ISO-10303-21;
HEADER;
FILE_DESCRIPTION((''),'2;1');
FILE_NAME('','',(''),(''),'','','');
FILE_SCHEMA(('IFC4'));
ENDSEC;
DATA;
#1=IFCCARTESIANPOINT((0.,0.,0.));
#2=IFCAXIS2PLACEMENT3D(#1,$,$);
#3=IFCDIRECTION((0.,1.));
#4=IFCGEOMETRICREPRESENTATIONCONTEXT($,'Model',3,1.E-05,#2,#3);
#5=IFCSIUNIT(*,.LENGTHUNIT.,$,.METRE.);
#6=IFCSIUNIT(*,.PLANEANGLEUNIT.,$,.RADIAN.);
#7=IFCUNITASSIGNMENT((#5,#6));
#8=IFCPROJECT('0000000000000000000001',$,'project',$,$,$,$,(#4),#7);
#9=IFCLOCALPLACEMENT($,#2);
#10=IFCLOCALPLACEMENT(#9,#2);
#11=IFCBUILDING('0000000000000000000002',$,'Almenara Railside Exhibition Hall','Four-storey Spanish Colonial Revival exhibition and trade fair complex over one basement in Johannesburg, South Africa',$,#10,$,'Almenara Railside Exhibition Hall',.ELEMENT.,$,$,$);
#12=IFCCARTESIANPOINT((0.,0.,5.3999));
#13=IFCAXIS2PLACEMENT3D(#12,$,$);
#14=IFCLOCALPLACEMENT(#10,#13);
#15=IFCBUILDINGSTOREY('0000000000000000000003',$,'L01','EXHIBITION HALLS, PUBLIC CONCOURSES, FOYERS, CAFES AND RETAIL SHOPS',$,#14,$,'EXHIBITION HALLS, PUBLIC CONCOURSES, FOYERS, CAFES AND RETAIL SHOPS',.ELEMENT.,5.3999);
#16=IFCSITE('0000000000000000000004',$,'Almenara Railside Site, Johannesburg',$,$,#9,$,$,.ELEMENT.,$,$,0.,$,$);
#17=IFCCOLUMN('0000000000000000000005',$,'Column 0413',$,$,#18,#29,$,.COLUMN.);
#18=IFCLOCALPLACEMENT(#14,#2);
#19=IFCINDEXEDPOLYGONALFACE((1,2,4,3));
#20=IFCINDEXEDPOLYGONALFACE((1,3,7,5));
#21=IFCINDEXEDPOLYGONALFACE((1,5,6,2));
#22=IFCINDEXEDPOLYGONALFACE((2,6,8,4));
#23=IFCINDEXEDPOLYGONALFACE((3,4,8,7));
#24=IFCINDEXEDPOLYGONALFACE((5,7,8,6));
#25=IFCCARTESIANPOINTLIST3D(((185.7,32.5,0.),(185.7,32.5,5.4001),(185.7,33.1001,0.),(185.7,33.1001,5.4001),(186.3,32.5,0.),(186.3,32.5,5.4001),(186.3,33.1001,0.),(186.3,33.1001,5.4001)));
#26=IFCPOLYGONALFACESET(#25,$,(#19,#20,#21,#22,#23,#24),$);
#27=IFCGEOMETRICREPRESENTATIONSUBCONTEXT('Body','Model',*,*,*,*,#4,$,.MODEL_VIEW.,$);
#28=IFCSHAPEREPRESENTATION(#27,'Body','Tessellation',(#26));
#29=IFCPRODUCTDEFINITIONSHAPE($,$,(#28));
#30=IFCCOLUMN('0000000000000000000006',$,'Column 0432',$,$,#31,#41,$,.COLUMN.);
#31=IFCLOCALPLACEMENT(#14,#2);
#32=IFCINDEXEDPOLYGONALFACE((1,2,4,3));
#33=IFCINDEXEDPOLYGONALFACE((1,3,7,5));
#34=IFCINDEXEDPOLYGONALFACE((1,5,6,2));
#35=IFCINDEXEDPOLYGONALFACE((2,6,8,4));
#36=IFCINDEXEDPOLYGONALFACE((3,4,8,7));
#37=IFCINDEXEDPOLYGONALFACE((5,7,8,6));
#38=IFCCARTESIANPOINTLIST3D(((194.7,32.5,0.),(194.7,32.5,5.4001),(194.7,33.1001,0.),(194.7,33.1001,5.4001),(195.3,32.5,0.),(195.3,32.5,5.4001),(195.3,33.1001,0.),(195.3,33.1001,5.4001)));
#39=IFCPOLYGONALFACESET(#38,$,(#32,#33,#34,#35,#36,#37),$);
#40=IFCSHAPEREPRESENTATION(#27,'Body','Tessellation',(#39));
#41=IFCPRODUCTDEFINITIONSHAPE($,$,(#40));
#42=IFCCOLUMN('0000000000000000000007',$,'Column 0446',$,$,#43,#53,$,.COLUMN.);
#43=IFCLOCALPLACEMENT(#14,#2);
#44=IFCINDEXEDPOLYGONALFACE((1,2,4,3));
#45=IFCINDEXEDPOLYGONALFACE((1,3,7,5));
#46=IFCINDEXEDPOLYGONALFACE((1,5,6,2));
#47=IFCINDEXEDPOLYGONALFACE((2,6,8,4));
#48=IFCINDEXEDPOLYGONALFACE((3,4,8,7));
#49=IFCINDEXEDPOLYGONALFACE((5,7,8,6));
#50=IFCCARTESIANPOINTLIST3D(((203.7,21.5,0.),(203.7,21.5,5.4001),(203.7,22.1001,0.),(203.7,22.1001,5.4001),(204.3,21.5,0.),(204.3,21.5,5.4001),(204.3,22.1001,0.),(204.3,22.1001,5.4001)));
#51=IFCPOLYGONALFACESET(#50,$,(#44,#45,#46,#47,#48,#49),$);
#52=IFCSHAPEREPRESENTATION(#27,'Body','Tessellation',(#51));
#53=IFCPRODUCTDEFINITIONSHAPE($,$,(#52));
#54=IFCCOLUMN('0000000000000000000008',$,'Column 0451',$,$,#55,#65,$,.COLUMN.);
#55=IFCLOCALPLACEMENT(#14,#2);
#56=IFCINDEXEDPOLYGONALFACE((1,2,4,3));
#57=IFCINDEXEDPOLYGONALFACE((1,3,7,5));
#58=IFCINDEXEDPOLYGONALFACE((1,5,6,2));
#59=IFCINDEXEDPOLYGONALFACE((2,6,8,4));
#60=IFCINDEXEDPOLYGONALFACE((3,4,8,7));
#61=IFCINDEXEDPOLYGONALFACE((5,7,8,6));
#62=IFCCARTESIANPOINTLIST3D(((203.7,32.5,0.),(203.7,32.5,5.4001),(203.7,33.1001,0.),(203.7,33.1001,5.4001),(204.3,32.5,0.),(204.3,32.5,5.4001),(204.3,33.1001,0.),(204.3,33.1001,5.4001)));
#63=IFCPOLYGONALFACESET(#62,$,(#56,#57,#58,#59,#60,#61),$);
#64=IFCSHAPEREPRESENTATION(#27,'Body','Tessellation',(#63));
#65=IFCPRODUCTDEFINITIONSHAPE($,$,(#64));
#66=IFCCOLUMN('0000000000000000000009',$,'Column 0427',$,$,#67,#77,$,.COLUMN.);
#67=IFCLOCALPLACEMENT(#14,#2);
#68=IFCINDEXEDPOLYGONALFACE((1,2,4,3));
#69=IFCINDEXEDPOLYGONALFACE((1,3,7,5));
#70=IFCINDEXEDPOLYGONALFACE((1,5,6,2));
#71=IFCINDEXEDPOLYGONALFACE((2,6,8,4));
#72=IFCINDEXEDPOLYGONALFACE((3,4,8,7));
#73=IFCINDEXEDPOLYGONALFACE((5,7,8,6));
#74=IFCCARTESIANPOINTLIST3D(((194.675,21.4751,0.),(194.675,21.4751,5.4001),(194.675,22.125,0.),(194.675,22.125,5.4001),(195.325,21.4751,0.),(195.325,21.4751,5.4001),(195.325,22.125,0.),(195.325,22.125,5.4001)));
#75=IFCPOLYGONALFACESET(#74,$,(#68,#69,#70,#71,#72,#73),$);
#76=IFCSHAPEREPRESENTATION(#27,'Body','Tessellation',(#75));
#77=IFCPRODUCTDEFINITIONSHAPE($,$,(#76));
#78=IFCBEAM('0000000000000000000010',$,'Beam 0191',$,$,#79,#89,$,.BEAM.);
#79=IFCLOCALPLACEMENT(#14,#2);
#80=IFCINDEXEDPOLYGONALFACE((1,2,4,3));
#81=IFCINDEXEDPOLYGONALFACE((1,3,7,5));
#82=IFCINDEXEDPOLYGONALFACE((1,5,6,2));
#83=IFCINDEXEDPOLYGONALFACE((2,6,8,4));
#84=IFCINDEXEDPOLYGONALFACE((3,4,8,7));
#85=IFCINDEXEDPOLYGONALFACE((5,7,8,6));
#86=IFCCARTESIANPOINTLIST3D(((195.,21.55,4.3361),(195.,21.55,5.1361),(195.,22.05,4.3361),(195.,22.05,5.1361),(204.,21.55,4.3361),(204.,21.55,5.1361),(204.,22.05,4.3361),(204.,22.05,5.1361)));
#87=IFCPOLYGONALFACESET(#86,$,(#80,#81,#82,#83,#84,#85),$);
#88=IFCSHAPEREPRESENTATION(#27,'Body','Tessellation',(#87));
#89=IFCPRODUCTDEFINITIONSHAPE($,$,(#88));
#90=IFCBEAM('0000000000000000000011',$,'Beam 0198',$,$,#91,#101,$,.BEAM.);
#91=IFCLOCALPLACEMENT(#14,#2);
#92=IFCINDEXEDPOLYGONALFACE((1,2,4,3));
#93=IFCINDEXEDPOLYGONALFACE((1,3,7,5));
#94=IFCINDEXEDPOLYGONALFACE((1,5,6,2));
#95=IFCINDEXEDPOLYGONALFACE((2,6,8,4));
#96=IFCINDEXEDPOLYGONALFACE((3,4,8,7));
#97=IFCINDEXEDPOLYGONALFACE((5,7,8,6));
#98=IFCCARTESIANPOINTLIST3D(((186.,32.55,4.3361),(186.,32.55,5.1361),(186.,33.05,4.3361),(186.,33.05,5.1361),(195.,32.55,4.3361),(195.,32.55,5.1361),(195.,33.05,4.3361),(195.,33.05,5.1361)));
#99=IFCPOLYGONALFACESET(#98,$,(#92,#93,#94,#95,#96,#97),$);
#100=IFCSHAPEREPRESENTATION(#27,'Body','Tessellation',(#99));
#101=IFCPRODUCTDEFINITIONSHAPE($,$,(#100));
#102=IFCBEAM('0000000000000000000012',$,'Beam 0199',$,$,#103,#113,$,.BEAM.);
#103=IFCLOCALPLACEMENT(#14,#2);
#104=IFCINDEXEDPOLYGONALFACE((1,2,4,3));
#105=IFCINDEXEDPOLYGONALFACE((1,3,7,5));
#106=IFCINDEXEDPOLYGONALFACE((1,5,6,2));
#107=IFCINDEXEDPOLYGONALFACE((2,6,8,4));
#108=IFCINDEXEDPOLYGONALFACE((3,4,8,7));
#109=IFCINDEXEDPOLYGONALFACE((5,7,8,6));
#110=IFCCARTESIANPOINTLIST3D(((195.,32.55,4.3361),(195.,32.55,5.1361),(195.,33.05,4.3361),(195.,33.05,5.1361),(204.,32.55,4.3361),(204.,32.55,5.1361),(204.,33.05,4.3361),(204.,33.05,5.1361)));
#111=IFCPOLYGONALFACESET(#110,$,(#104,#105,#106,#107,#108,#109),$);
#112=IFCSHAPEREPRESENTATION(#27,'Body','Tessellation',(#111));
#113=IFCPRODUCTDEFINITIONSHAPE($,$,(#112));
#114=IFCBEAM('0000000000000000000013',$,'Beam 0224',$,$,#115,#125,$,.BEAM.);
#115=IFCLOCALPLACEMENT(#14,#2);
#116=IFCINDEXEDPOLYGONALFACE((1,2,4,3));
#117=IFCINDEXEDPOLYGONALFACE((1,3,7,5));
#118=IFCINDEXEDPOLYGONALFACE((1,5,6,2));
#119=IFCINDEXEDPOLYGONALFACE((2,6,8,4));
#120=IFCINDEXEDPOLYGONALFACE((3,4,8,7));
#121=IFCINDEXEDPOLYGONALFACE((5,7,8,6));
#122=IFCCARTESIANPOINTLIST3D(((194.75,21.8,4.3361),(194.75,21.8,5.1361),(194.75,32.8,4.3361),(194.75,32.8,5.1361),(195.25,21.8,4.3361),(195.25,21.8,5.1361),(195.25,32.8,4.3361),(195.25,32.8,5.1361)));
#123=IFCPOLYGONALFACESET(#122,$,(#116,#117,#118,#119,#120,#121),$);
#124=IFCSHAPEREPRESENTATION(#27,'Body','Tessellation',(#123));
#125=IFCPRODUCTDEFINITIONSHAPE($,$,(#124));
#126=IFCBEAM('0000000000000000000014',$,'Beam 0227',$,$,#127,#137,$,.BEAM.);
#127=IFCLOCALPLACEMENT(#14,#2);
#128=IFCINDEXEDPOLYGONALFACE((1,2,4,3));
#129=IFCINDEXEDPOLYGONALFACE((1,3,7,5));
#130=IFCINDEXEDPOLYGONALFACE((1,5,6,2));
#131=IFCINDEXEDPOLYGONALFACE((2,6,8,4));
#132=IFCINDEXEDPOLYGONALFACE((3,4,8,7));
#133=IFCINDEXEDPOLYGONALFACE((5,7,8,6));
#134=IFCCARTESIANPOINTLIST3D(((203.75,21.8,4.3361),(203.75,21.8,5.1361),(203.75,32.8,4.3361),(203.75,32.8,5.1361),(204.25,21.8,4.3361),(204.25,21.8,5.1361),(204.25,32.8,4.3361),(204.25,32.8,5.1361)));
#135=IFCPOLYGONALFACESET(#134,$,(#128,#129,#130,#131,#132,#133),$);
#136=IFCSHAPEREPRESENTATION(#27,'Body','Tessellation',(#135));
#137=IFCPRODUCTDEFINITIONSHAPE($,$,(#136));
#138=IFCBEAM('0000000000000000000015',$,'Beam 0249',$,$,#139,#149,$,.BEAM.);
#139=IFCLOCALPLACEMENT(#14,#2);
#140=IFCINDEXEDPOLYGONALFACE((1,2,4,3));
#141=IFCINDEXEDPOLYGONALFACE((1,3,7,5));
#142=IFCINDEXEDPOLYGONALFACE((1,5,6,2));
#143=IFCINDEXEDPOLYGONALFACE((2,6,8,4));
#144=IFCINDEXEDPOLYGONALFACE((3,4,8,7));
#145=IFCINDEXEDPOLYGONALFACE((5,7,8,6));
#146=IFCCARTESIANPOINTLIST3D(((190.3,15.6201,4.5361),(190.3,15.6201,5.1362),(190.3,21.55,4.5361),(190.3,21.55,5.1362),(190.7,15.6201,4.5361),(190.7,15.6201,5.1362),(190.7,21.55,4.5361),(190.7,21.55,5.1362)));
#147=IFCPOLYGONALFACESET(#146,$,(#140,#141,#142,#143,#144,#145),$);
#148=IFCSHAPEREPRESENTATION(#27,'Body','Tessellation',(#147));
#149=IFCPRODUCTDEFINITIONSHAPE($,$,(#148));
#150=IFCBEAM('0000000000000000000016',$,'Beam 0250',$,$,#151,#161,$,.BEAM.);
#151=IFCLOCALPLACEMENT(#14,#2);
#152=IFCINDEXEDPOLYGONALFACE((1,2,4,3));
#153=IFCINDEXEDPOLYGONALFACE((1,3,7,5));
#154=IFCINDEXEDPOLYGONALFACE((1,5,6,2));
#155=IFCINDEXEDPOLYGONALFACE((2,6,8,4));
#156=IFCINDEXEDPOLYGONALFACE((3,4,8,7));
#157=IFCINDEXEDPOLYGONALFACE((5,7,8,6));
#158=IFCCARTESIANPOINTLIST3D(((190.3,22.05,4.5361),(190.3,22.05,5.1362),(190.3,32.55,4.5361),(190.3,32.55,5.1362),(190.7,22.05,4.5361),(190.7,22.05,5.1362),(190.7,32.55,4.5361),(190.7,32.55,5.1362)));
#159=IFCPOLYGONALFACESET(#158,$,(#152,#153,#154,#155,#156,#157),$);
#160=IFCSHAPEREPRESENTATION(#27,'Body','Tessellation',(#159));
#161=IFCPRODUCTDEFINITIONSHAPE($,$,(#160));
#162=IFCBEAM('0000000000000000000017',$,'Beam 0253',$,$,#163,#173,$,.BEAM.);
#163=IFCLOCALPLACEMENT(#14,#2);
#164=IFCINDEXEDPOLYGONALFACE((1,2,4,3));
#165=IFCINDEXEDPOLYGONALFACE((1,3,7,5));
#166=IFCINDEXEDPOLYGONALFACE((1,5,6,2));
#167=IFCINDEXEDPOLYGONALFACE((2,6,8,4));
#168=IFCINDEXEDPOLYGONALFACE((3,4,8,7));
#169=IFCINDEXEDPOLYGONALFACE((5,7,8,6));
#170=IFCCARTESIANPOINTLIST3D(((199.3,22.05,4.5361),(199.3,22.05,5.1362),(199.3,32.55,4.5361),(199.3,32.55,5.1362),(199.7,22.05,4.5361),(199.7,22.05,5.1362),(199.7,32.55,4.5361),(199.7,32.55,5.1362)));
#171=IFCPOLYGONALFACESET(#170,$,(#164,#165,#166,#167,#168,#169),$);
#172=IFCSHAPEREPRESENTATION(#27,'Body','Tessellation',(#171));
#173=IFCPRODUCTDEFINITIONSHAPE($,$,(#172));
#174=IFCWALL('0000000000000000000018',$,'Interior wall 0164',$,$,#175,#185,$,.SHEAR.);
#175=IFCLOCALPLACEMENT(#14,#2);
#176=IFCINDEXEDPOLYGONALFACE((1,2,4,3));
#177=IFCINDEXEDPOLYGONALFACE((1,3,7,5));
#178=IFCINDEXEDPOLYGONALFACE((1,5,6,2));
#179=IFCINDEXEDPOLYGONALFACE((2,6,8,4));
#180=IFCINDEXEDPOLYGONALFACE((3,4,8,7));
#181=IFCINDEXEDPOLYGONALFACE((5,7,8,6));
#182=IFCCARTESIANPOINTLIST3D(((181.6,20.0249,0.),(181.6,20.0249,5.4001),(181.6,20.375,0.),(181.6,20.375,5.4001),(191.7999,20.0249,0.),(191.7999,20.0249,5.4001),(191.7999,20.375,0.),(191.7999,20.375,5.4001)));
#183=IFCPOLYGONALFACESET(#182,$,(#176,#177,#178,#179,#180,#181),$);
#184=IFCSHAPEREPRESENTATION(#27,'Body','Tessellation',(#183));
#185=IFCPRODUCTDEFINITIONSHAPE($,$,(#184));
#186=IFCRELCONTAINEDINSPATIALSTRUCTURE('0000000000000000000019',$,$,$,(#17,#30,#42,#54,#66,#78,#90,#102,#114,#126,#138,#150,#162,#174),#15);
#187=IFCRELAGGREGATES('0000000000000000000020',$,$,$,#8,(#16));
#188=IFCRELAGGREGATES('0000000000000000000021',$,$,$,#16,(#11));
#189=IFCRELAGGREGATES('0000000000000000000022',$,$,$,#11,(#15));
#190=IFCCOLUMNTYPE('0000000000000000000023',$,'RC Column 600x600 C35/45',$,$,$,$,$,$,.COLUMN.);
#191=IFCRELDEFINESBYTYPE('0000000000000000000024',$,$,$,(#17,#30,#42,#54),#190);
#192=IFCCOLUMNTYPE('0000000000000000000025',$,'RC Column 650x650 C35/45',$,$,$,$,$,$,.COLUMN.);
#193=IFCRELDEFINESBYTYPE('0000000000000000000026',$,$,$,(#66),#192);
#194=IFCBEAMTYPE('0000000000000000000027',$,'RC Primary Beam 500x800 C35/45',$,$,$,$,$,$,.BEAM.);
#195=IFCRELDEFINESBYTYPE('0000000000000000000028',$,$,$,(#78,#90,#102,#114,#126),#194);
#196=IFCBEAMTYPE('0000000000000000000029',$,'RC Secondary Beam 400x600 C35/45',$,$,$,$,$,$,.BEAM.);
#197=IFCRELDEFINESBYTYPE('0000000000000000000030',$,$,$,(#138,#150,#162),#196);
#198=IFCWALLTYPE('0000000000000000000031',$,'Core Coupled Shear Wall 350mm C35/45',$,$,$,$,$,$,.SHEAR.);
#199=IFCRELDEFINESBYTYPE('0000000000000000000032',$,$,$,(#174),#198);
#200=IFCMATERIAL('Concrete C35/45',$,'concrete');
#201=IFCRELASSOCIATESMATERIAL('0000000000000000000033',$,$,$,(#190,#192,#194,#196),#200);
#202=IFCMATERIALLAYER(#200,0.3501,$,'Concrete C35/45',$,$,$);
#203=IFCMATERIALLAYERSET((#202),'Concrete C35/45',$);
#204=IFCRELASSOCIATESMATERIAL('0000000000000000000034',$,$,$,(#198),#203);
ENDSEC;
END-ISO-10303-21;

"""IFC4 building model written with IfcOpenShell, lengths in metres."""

from ifc_helpers import new_model, si_unit, direction, frame, frame_2d, origin, origin_2d, place, context, subcontext, project, spatial, rectangle, extrude, material, layer, layer_set, material_profile, profile_set, type_object, element, save


model = new_model("IFC4")

# Units and contexts
model_context = context("Model", 3, precision=1e-05, world=origin(), true_north=direction((0.0, 1.0)))
body_context = subcontext(model_context, "Body", "Model", "MODEL_VIEW")
ifc_project = project(units=[si_unit("LENGTHUNIT", "METRE"), si_unit("PLANEANGLEUNIT", "RADIAN")], contexts=[model_context])

# Site, building, storey
site_placement = place(None, origin())
site = spatial("IfcSite", under=ifc_project, at=site_placement, Name="Almenara Railside Site, Johannesburg", CompositionType="ELEMENT", RefElevation=0.0)
building_placement = place(site_placement, origin())
building = spatial("IfcBuilding", under=site, at=building_placement, Name="Almenara Railside Exhibition Hall", Description="Four-storey Spanish Colonial Revival exhibition and trade fair complex over one basement in Johannesburg, South Africa", LongName="Almenara Railside Exhibition Hall", CompositionType="ELEMENT")
storey_placement = place(building_placement, frame((0.0, 0.0, 5.3999)))
storey = spatial("IfcBuildingStorey", under=building, at=storey_placement, Name="L01", Description="EXHIBITION HALLS, PUBLIC CONCOURSES, FOYERS, CAFES AND RETAIL SHOPS", LongName="EXHIBITION HALLS, PUBLIC CONCOURSES, FOYERS, CAFES AND RETAIL SHOPS", CompositionType="ELEMENT", Elevation=5.3999)

# Columns
ifc_material_1 = material(Name="Concrete C35/45", Category="concrete")
ifc_material_profile_1 = material_profile(ifc_material_1, rectangle(XDim=0.6001, YDim=0.6001, at=origin_2d()), Name="RC 600x600")
ifc_profile_set_1 = profile_set([ifc_material_profile_1], Name="Concrete C35/45")
column_type_1 = type_object("IfcColumnType", Name="RC Column 600x600 C35/45", PredefinedType="COLUMN", material=ifc_profile_set_1)
for number, where, z_axis, x_axis, name in (
    (1, (186.0, 32.8, 0.0), (0.0, 0.0, 1.0), (1.0, 0.0, 0.0), "Column 0413"),
    (2, (195.0, 32.8, 0.0), (0.0, 0.0, 1.0), (1.0, 0.0, 0.0), "Column 0432"),
    (3, (204.0, 21.8, 0.0), (0.0, 0.0, 1.0), (1.0, 0.0, 0.0), "Column 0446"),
    (4, (204.0, 32.8, 0.0), (0.0, 0.0, 1.0), (1.0, 0.0, 0.0), "Column 0451"),
):
    element("IfcColumn", number, at=place(storey_placement, frame(where, z_axis=z_axis, x_axis=x_axis)), inside=storey, type_object=column_type_1, Name=name, PredefinedType="COLUMN", context=body_context, shape_type="SweptSolid", body=[
        extrude(rectangle(XDim=0.6001, YDim=0.6001, at=origin_2d()), origin(), (0.0, 0.0, 1.0), 5.4001),
    ])
ifc_material_profile_2 = material_profile(ifc_material_1, rectangle(XDim=0.6499, YDim=0.6499, at=origin_2d()), Name="RC 650x650")
ifc_profile_set_2 = profile_set([ifc_material_profile_2], Name="Concrete C35/45")
column_type_2 = type_object("IfcColumnType", Name="RC Column 650x650 C35/45", PredefinedType="COLUMN", material=ifc_profile_set_2)
column_placement = place(storey_placement, frame((195.0, 21.8, 0.0), z_axis=(0.0, 0.0, 1.0), x_axis=(1.0, 0.0, 0.0)))
element("IfcColumn", 5, at=column_placement, inside=storey, type_object=column_type_2, Name="Column 0427", PredefinedType="COLUMN", context=body_context, shape_type="SweptSolid", body=[
    extrude(rectangle(XDim=0.6499, YDim=0.6499, at=origin_2d()), origin(), (0.0, 0.0, 1.0), 5.4001),
])

# Beams
ifc_material_profile_3 = material_profile(ifc_material_1, rectangle(XDim=0.5, YDim=0.8, at=origin_2d()), Name="RC 500x800")
ifc_profile_set_3 = profile_set([ifc_material_profile_3], Name="Concrete C35/45")
beam_type_1 = type_object("IfcBeamType", Name="RC Primary Beam 500x800 C35/45", PredefinedType="BEAM", material=ifc_profile_set_3)
for number, where, z_axis, x_axis, name in (
    (6, (195.0, 21.8, 4.7361), (1.0, 0.0, 0.0), (0.0, 1.0, 0.0), "Beam 0191"),
    (7, (186.0, 32.8, 4.7361), (1.0, 0.0, 0.0), (0.0, 1.0, 0.0), "Beam 0198"),
    (8, (195.0, 32.8, 4.7361), (1.0, 0.0, 0.0), (0.0, 1.0, 0.0), "Beam 0199"),
):
    element("IfcBeam", number, at=place(storey_placement, frame(where, z_axis=z_axis, x_axis=x_axis)), inside=storey, type_object=beam_type_1, Name=name, PredefinedType="BEAM", context=body_context, shape_type="SweptSolid", body=[
        extrude(rectangle(XDim=0.5, YDim=0.8, at=origin_2d()), origin(), (0.0, 0.0, 1.0), 9.0),
    ])
for number, where, z_axis, x_axis, name in (
    (9, (195.0, 21.8, 4.7361), (0.0, 1.0, 0.0), (-1.0, 0.0, 0.0), "Beam 0224"),
    (10, (204.0, 21.8, 4.7361), (0.0, 1.0, 0.0), (-1.0, 0.0, 0.0), "Beam 0227"),
):
    element("IfcBeam", number, at=place(storey_placement, frame(where, z_axis=z_axis, x_axis=x_axis)), inside=storey, type_object=beam_type_1, Name=name, PredefinedType="BEAM", context=body_context, shape_type="SweptSolid", body=[
        extrude(rectangle(XDim=0.5, YDim=0.8, at=origin_2d()), origin(), (0.0, 0.0, 1.0), 11.0),
    ])
ifc_material_profile_4 = material_profile(ifc_material_1, rectangle(XDim=0.3999, YDim=0.6001, at=origin_2d()), Name="RC 400x600")
ifc_profile_set_4 = profile_set([ifc_material_profile_4], Name="Concrete C35/45")
beam_type_2 = type_object("IfcBeamType", Name="RC Secondary Beam 400x600 C35/45", PredefinedType="BEAM", material=ifc_profile_set_4)
beam_placement = place(storey_placement, frame((190.5, 15.6201, 4.8362), z_axis=(0.0, 1.0, 0.0), x_axis=(-1.0, 0.0, 0.0)))
element("IfcBeam", 11, at=beam_placement, inside=storey, type_object=beam_type_2, Name="Beam 0249", PredefinedType="BEAM", context=body_context, shape_type="SweptSolid", body=[
    extrude(rectangle(XDim=0.3999, YDim=0.6001, at=origin_2d()), origin(), (0.0, 0.0, 1.0), 5.9299),
])
for number, where, z_axis, x_axis, name in (
    (12, (190.5, 22.05, 4.8362), (0.0, 1.0, 0.0), (-1.0, 0.0, 0.0), "Beam 0250"),
    (13, (199.5, 22.05, 4.8362), (0.0, 1.0, 0.0), (-1.0, 0.0, 0.0), "Beam 0253"),
):
    element("IfcBeam", number, at=place(storey_placement, frame(where, z_axis=z_axis, x_axis=x_axis)), inside=storey, type_object=beam_type_2, Name=name, PredefinedType="BEAM", context=body_context, shape_type="SweptSolid", body=[
        extrude(rectangle(XDim=0.3999, YDim=0.6001, at=origin_2d()), origin(), (0.0, 0.0, 1.0), 10.5),
    ])

# Wall
ifc_layer_1 = layer(ifc_material_1, 0.3501, Name="Concrete C35/45")
ifc_layer_set_1 = layer_set([ifc_layer_1], Name="Concrete C35/45")
wall_type_1 = type_object("IfcWallType", Name="Core Coupled Shear Wall 350mm C35/45", PredefinedType="SHEAR", material=ifc_layer_set_1)
wall_1_placement = place(storey_placement, frame((191.8, 20.2, 0.0), z_axis=(0.0, 0.0, 1.0), x_axis=(-1.0, 0.0, 0.0)))
element("IfcWall", 14, at=wall_1_placement, inside=storey, type_object=wall_type_1, Name="Interior wall 0164", PredefinedType="SHEAR", context=body_context, shape_type="SweptSolid", body=[
    extrude(rectangle(XDim=10.2, YDim=0.3501, at=frame_2d((5.1001, 0.0))), origin(), (0.0, 0.0, 1.0), 5.4001),
])

save(model, "model.ifc")
